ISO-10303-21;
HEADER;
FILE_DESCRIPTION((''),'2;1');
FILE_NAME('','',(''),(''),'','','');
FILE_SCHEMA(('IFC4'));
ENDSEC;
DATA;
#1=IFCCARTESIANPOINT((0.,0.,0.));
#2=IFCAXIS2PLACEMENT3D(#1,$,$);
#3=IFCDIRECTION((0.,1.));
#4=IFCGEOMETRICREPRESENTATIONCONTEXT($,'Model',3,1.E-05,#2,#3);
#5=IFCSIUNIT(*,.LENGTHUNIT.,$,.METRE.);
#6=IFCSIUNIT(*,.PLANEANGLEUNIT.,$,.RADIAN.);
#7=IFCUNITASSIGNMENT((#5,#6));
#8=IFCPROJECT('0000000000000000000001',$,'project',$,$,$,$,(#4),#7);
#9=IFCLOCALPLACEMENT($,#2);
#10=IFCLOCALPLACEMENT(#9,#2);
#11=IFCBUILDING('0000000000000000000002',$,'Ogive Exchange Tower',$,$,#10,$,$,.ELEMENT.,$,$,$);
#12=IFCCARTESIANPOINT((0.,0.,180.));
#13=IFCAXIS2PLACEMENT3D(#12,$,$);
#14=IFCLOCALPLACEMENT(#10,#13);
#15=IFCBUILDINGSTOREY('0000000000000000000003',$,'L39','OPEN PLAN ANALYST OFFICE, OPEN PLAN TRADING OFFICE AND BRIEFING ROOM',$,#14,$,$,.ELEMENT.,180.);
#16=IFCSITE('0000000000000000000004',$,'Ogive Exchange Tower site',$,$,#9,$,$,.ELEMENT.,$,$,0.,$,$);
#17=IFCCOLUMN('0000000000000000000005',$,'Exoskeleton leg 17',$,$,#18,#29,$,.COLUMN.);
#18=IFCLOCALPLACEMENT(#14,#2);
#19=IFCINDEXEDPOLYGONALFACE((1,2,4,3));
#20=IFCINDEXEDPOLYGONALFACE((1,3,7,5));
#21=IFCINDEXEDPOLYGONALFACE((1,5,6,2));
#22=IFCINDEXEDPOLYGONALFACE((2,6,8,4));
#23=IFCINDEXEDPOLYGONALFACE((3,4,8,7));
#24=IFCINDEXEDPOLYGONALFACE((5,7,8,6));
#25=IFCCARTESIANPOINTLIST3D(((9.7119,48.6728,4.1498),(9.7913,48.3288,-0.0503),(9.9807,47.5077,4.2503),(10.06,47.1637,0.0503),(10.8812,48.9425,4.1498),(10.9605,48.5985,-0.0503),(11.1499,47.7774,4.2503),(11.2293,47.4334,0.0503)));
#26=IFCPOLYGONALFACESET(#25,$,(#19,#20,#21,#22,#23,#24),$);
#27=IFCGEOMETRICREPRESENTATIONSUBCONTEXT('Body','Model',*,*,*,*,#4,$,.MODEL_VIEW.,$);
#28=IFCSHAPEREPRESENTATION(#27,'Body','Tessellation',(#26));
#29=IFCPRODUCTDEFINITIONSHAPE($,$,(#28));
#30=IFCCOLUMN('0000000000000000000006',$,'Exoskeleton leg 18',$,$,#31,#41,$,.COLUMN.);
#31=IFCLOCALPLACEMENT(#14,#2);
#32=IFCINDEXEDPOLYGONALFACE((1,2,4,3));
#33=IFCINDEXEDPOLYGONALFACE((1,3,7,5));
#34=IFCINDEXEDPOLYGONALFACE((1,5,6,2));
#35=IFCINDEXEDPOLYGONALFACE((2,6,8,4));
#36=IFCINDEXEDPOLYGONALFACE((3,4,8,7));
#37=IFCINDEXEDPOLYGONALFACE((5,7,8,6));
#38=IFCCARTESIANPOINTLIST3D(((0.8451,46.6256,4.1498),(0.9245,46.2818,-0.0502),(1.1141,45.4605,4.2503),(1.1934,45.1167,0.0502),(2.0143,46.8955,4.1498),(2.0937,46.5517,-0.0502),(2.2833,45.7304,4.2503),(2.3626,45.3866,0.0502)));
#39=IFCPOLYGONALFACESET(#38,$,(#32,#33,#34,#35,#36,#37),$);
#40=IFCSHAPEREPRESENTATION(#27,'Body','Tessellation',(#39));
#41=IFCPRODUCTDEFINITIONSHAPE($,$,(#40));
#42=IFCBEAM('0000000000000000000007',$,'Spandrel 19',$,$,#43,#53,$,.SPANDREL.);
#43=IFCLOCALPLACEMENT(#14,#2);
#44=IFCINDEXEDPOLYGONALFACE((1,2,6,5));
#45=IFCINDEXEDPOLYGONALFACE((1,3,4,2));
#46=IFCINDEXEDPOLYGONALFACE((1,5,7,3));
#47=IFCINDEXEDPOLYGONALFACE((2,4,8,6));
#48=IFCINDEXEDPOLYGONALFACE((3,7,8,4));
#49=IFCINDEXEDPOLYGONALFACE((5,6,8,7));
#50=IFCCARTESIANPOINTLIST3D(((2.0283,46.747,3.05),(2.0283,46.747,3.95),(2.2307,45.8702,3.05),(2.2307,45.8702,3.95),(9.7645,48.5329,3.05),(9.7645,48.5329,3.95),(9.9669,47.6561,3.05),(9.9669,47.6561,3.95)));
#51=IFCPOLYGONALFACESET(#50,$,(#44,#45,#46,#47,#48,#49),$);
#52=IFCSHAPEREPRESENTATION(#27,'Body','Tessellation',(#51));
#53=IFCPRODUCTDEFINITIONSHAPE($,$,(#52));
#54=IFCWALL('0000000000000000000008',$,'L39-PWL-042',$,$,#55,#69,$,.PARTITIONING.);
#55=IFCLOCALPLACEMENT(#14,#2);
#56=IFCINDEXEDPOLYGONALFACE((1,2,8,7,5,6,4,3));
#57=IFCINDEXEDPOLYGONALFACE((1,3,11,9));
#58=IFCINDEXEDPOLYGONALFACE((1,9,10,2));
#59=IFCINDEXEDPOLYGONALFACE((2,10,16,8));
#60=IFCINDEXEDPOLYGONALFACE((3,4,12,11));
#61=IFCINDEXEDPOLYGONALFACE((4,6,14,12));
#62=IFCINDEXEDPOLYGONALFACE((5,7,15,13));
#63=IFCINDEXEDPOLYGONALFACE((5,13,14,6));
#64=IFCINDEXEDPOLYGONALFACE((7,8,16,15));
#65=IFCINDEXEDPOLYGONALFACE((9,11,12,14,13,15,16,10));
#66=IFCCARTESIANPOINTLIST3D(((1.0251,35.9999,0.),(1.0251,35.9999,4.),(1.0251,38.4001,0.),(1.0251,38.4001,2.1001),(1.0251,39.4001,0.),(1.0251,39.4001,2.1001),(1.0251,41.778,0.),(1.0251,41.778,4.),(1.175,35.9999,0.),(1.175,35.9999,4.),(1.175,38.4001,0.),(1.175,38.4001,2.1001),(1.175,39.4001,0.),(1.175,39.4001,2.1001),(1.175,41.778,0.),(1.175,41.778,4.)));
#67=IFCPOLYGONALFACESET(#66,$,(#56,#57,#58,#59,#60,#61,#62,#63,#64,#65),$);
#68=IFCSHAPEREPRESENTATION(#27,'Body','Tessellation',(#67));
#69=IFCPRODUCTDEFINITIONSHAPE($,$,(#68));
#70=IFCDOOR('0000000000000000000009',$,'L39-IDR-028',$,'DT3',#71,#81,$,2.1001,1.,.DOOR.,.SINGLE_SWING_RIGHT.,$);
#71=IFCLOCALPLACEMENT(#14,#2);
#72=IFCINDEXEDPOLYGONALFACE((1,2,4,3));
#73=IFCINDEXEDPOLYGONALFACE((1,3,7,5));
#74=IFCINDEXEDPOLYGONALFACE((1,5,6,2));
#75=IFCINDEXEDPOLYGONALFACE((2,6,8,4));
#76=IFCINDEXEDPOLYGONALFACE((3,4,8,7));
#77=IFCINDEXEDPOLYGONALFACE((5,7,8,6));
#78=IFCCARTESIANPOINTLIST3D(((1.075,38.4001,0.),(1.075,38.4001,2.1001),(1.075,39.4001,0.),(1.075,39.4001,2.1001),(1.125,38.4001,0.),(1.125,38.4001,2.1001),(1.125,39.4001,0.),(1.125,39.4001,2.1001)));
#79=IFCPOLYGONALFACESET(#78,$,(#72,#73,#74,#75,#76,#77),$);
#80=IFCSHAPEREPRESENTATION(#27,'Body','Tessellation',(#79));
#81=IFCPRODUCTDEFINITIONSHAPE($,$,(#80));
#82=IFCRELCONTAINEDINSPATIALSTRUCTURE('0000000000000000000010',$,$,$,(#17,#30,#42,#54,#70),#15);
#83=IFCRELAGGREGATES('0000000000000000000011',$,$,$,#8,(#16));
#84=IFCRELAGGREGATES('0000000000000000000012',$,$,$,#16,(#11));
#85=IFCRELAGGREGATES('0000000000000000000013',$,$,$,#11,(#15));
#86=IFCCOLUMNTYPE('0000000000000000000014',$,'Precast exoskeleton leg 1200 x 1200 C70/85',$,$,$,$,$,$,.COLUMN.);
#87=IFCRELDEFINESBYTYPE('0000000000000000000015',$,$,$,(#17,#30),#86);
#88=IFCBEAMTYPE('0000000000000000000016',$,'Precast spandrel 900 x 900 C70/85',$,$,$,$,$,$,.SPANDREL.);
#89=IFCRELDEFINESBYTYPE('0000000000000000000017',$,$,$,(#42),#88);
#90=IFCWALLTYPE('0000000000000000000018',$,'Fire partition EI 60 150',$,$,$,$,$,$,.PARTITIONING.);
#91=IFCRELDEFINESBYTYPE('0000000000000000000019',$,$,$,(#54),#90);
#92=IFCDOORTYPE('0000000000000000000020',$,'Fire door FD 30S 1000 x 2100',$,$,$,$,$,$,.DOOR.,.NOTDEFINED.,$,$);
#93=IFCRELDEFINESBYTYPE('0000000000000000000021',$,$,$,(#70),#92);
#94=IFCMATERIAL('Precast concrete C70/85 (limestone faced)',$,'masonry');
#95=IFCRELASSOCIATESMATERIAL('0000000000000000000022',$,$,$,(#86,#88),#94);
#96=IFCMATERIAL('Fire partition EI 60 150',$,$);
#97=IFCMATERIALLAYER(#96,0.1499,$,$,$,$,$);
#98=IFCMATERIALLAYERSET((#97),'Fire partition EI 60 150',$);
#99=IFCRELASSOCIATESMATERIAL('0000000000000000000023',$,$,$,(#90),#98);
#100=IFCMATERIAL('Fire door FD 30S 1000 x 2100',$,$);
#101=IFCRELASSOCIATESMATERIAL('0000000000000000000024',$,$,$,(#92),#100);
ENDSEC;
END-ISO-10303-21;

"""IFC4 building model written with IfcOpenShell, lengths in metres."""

from ifc_helpers import new_model, si_unit, direction, frame, frame_2d, origin, origin_2d, place, context, subcontext, project, spatial, rectangle, extrude, material, layer, layer_set, material_profile, profile_set, type_object, element, fill, save


model = new_model("IFC4")

# Units and contexts
model_context = context("Model", 3, precision=1e-05, world=origin(), true_north=direction((0.0, 1.0)))
body_context = subcontext(model_context, "Body", "Model", "MODEL_VIEW")
ifc_project = project(units=[si_unit("LENGTHUNIT", "METRE"), si_unit("PLANEANGLEUNIT", "RADIAN")], contexts=[model_context])

# Site, building, storey
site_placement = place(None, origin())
site = spatial("IfcSite", under=ifc_project, at=site_placement, Name="Ogive Exchange Tower site", CompositionType="ELEMENT", RefElevation=0.0)
building_placement = place(site_placement, origin())
building = spatial("IfcBuilding", under=site, at=building_placement, Name="Ogive Exchange Tower", CompositionType="ELEMENT")
storey_placement = place(building_placement, frame((0.0, 0.0, 180.0)))
storey = spatial("IfcBuildingStorey", under=building, at=storey_placement, Name="L39", Description="OPEN PLAN ANALYST OFFICE, OPEN PLAN TRADING OFFICE AND BRIEFING ROOM", CompositionType="ELEMENT", Elevation=180.0)

# Columns
ifc_material_1 = material(Name="Precast concrete C70/85 (limestone faced)", Category="masonry")
ifc_material_profile_1 = material_profile(ifc_material_1, rectangle(XDim=1.2, YDim=1.2, at=origin_2d()), Name="1200 x 1200")
ifc_profile_set_1 = profile_set([ifc_material_profile_1], Name="Precast concrete C70/85 (limestone faced)")
column_type = type_object("IfcColumnType", Name="Precast exoskeleton leg 1200 x 1200 C70/85", PredefinedType="COLUMN", material=ifc_profile_set_1)
for number, where, z_axis, x_axis, name in (
    (1, (10.5103, 47.8811, 0.0), (-0.018826, 0.081617, 0.996486), (-0.974415, -0.224758, 0.0), "Exoskeleton leg 17"),
    (2, (1.6436, 45.8342, 0.0), (-0.018826, 0.081559, 0.996491), (-0.97438, -0.22491, 0.0), "Exoskeleton leg 18"),
):
    element("IfcColumn", number, at=place(storey_placement, frame(where, z_axis=z_axis, x_axis=x_axis)), inside=storey, type_object=column_type, Name=name, PredefinedType="COLUMN", context=body_context, shape_type="SweptSolid", body=[
        extrude(rectangle(XDim=1.2, YDim=1.2, at=origin_2d()), origin(), (0.0, 0.0, 1.0), 4.2148),
    ])

# Beam
ifc_material_profile_2 = material_profile(ifc_material_1, rectangle(XDim=0.8999, YDim=0.8999, at=origin_2d()), Name="900 x 900")
ifc_profile_set_2 = profile_set([ifc_material_profile_2], Name="Precast concrete C70/85 (limestone faced)")
beam_type = type_object("IfcBeamType", Name="Precast spandrel 900 x 900 C70/85", PredefinedType="SPANDREL", material=ifc_profile_set_2)
beam_placement = place(storey_placement, frame((9.8657, 48.0945, 3.5), z_axis=(-0.974375, -0.224929, 0.0), x_axis=(0.224929, -0.974375, 0.0)))
element("IfcBeam", 3, at=beam_placement, inside=storey, type_object=beam_type, Name="Spandrel 19", PredefinedType="SPANDREL", context=body_context, shape_type="SweptSolid", body=[
    extrude(rectangle(XDim=0.8999, YDim=0.8999, at=origin_2d()), origin(), (0.0, 0.0, 1.0), 7.9397),
])

# Wall, opening, door
ifc_material_2 = material(Name="Fire partition EI 60 150")
ifc_layer_1 = layer(ifc_material_2, 0.1499)
ifc_layer_set_1 = layer_set([ifc_layer_1], Name="Fire partition EI 60 150")
wall_type_1 = type_object("IfcWallType", Name="Fire partition EI 60 150", PredefinedType="PARTITIONING", material=ifc_layer_set_1)
wall_1_placement = place(storey_placement, frame((1.1001, 41.7781, 0.0), z_axis=(0.0, 0.0, 1.0), x_axis=(0.0, -1.0, 0.0)))
wall_1 = element("IfcWall", 4, at=wall_1_placement, inside=storey, type_object=wall_type_1, Name="L39-PWL-042", PredefinedType="PARTITIONING", context=body_context, shape_type="SweptSolid", body=[
    extrude(rectangle(XDim=5.7781, YDim=0.1499, at=frame_2d((2.8892, 0.0))), origin(), (0.0, 0.0, 1.0), 4.0),
])
opening_1_placement = place(wall_1_placement, frame((2.3779, 0.0, 0.0)))
opening_1 = element("IfcOpeningElement", 5, at=opening_1_placement, cuts=wall_1, PredefinedType="OPENING", context=body_context, shape_type="SweptSolid", body=[
    extrude(rectangle(XDim=1.0, YDim=2.1001, at=frame_2d((0.5, 1.05))), frame((0.0, 0.085, 0.0), z_axis=(0.0, -1.0, 0.0), x_axis=(1.0, 0.0, 0.0)), (0.0, 0.0, 1.0), 0.1699),
])
ifc_material_3 = material(Name="Fire door FD 30S 1000 x 2100")
door_type_1 = type_object("IfcDoorType", Name="Fire door FD 30S 1000 x 2100", OperationType="NOTDEFINED", PredefinedType="DOOR", material=ifc_material_3)
door_1_placement = place(opening_1_placement, origin())
door_1 = element("IfcDoor", 6, at=door_1_placement, inside=storey, type_object=door_type_1, Name="L39-IDR-028", ObjectType="DT3", OperationType="SINGLE_SWING_RIGHT", OverallHeight=2.1001, OverallWidth=1.0, PredefinedType="DOOR", context=body_context, shape_type="SweptSolid", body=[
    extrude(rectangle(XDim=1.0, YDim=2.1001, at=frame_2d((0.5, 1.05))), frame((0.0, 0.0249, 0.0), z_axis=(0.0, -1.0, 0.0), x_axis=(1.0, 0.0, 0.0)), (0.0, 0.0, 1.0), 0.05),
])
fill(opening_1, door_1)

save(model, "model.ifc")
